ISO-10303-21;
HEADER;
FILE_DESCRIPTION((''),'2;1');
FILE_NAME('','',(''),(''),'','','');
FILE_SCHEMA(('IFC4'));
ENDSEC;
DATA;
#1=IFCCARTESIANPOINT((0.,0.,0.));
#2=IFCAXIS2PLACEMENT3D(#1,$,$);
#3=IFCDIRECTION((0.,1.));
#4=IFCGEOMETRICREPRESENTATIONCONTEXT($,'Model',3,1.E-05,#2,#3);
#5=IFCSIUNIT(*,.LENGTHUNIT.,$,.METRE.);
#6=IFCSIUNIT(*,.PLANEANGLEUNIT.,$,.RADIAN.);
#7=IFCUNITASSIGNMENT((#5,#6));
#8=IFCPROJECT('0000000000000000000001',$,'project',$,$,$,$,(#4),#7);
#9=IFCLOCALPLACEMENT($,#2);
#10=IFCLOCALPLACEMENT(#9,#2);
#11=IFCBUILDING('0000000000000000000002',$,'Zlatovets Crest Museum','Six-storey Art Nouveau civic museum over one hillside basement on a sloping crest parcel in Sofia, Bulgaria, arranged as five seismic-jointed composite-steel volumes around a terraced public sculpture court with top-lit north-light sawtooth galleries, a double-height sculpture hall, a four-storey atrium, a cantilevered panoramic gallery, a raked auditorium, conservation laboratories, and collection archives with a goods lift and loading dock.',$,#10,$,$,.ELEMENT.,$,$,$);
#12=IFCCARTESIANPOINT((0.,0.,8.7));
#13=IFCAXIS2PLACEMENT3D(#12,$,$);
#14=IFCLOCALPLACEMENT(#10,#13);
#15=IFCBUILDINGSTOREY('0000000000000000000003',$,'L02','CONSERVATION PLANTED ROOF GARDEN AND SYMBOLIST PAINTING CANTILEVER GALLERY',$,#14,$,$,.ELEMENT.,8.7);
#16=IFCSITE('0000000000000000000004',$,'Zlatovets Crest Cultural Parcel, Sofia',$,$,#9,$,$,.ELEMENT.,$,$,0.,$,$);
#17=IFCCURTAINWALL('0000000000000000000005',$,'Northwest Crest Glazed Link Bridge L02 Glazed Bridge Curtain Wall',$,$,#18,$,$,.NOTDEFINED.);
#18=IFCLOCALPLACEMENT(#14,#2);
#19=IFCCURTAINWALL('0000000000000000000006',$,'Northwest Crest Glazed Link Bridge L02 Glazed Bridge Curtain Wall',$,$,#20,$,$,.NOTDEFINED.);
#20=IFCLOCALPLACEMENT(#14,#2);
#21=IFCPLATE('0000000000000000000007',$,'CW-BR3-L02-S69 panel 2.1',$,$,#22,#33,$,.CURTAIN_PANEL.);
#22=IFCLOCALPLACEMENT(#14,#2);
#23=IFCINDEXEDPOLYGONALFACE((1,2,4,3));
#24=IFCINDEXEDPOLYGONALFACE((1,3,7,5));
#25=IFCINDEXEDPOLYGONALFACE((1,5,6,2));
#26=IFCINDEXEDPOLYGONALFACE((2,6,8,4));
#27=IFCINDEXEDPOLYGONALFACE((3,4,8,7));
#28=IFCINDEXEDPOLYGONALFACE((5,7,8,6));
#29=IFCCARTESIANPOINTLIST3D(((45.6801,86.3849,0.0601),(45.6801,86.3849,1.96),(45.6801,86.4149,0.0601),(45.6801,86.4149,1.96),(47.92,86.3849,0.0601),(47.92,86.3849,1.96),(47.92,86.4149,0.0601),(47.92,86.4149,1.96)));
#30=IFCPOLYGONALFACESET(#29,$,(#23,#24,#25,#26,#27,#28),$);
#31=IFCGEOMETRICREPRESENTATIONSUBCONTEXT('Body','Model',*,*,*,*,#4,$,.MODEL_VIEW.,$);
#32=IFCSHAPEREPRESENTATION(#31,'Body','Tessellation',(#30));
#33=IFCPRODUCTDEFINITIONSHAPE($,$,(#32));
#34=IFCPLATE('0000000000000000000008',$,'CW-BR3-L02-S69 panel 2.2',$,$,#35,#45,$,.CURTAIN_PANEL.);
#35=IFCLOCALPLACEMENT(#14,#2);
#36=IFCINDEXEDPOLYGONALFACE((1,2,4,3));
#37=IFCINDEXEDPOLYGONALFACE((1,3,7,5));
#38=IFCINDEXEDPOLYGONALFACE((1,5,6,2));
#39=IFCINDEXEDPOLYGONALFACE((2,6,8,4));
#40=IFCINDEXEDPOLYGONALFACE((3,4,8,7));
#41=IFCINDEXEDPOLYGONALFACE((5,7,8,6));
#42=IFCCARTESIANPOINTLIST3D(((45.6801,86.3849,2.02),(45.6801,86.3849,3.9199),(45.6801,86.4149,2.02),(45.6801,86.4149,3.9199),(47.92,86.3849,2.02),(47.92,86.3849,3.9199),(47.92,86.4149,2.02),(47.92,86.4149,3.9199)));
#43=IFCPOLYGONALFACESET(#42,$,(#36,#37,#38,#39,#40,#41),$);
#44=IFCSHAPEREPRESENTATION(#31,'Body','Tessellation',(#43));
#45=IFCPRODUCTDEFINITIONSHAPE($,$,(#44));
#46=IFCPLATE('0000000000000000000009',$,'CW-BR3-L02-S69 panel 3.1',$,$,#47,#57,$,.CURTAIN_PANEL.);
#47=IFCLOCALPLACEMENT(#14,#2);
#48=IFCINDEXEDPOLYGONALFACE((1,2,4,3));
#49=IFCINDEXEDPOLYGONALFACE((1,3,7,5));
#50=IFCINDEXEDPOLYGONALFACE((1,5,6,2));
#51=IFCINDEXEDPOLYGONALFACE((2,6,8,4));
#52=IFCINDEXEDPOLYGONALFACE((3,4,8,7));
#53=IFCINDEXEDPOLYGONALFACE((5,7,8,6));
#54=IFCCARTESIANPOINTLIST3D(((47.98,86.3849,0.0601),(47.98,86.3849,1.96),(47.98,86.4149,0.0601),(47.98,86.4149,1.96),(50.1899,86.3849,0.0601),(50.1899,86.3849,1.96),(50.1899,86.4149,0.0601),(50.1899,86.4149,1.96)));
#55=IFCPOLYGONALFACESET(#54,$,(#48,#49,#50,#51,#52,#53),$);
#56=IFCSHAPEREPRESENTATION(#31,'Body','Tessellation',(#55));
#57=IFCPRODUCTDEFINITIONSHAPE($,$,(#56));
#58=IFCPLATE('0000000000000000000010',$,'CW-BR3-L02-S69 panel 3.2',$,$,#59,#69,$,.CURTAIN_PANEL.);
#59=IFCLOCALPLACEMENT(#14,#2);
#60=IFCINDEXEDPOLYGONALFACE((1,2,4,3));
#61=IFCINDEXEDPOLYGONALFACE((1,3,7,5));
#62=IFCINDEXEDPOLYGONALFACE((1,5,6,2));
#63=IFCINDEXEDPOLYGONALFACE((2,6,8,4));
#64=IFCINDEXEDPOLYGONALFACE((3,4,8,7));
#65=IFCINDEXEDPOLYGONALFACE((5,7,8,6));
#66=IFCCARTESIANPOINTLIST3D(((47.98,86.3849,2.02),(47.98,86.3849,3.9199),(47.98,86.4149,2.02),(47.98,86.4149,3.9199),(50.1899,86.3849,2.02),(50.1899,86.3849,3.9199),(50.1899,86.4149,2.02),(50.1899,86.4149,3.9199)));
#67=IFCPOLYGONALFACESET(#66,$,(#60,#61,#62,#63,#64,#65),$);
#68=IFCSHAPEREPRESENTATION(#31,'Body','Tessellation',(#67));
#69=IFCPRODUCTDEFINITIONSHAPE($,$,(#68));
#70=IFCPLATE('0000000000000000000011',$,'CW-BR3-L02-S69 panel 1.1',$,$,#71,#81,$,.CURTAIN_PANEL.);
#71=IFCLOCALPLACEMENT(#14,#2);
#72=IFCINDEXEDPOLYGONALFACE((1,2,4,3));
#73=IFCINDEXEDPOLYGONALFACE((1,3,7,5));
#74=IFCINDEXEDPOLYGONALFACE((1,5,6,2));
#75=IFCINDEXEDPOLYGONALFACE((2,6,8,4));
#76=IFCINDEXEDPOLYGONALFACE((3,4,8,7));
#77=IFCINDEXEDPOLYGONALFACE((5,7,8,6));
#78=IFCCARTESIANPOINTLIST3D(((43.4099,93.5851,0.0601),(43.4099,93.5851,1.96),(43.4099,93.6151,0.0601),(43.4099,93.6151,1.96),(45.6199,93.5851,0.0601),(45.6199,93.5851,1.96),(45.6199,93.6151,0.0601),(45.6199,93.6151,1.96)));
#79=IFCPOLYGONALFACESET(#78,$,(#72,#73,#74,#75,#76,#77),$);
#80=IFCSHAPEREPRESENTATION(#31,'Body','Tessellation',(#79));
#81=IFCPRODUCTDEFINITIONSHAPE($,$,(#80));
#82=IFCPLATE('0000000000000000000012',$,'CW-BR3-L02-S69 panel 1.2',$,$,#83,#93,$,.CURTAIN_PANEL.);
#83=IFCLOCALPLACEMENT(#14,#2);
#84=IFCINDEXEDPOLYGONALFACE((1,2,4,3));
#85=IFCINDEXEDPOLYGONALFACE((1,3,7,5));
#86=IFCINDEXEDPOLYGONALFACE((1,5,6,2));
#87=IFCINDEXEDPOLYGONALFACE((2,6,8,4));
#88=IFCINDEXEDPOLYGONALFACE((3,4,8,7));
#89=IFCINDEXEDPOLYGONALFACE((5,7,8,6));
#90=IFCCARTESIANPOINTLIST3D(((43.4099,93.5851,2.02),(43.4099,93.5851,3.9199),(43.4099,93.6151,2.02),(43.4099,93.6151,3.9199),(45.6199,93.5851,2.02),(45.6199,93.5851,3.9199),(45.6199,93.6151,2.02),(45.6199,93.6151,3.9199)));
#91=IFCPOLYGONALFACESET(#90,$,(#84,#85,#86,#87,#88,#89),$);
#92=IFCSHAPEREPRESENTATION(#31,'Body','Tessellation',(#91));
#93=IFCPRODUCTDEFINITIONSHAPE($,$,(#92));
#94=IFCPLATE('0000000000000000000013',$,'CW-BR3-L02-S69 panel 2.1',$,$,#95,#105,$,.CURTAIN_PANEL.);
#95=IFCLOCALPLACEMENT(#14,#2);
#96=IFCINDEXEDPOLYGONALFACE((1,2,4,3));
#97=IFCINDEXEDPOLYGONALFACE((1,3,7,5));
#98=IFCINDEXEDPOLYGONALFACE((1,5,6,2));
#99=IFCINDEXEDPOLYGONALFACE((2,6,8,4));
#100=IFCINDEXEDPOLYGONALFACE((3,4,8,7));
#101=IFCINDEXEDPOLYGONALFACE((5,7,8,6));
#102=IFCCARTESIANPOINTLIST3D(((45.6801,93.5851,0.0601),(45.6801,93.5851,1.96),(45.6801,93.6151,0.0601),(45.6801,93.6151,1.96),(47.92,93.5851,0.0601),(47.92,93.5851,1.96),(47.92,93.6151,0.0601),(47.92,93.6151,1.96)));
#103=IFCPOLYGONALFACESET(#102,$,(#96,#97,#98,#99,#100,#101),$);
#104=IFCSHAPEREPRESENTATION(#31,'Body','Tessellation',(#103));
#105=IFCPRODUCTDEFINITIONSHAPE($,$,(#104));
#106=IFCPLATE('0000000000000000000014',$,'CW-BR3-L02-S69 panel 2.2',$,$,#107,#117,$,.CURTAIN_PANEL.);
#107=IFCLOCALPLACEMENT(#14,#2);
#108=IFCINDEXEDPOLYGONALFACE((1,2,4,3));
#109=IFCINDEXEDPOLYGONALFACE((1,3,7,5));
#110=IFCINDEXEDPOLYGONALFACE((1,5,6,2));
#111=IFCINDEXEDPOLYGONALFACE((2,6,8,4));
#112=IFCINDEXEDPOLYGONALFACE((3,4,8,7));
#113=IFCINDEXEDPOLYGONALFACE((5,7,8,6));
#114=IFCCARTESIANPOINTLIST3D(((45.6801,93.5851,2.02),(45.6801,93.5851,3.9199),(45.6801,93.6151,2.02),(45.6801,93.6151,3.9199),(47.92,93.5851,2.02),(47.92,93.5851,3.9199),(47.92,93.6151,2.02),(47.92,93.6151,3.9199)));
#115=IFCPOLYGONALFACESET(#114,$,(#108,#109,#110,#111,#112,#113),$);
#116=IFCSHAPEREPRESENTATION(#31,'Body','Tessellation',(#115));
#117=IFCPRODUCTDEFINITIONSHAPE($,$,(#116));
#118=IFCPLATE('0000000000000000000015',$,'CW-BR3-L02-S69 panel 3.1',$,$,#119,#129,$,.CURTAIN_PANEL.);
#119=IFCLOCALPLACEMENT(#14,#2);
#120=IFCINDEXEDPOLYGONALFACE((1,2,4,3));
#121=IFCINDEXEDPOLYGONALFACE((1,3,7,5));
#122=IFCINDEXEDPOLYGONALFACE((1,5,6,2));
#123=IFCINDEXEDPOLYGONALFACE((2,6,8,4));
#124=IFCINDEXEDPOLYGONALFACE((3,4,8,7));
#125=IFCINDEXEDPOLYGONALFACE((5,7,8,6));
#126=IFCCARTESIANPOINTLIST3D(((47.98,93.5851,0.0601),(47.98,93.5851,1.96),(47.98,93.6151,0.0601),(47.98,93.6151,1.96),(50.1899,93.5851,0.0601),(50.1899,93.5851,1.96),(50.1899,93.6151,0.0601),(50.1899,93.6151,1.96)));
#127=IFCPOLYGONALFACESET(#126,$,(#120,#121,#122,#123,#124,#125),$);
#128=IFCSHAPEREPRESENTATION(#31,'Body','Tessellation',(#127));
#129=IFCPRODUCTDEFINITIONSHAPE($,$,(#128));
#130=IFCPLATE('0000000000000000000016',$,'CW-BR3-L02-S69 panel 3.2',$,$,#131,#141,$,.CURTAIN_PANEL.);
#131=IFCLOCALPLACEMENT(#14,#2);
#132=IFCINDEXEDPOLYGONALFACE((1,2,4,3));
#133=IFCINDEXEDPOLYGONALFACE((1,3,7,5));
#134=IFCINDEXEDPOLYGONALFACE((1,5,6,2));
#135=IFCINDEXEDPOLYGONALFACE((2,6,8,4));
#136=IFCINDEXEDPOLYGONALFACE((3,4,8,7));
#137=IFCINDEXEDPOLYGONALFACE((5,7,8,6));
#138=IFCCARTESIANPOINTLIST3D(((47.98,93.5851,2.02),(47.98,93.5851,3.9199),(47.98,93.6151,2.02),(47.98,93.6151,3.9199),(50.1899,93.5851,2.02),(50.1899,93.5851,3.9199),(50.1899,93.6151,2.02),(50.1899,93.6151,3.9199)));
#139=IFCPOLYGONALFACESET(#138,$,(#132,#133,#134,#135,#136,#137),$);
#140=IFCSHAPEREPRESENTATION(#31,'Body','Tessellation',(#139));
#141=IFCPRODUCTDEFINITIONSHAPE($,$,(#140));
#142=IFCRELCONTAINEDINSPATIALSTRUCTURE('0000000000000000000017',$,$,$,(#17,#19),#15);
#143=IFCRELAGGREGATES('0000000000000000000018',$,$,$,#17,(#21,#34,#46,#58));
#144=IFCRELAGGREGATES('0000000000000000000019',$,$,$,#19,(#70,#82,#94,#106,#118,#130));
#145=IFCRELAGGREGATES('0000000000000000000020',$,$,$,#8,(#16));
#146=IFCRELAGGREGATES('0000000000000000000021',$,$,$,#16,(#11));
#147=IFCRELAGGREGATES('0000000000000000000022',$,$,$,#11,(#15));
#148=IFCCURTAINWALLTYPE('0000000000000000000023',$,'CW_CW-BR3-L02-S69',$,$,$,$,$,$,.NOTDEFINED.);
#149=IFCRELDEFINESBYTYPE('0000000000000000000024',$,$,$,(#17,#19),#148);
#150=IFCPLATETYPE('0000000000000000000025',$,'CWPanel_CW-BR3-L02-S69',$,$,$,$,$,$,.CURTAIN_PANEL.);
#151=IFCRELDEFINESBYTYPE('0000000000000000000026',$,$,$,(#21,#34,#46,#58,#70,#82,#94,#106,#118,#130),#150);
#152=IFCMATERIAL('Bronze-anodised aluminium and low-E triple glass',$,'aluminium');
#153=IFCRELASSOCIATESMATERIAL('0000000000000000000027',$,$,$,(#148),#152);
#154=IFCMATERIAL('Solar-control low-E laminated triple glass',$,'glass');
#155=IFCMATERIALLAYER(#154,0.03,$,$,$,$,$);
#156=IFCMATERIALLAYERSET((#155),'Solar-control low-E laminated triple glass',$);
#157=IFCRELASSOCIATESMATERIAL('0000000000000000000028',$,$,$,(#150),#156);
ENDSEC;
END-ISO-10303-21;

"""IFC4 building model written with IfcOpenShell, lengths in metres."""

from ifc_helpers import new_model, si_unit, direction, frame, origin, origin_2d, place, context, subcontext, project, spatial, rectangle, extrude, material, layer, layer_set, type_object, element, aggregate, save


model = new_model("IFC4")

# Units and contexts
model_context = context("Model", 3, precision=1e-05, world=origin(), true_north=direction((0.0, 1.0)))
body_context = subcontext(model_context, "Body", "Model", "MODEL_VIEW")
ifc_project = project(units=[si_unit("LENGTHUNIT", "METRE"), si_unit("PLANEANGLEUNIT", "RADIAN")], contexts=[model_context])

# Site, building, storey
site_placement = place(None, origin())
site = spatial("IfcSite", under=ifc_project, at=site_placement, Name="Zlatovets Crest Cultural Parcel, Sofia", CompositionType="ELEMENT", RefElevation=0.0)
building_placement = place(site_placement, origin())
building = spatial("IfcBuilding", under=site, at=building_placement, Name="Zlatovets Crest Museum", Description="Six-storey Art Nouveau civic museum over one hillside basement on a sloping crest parcel in Sofia, Bulgaria, arranged as five seismic-jointed composite-steel volumes around a terraced public sculpture court with top-lit north-light sawtooth galleries, a double-height sculpture hall, a four-storey atrium, a cantilevered panoramic gallery, a raked auditorium, conservation laboratories, and collection archives with a goods lift and loading dock.", CompositionType="ELEMENT")
storey_placement = place(building_placement, frame((0.0, 0.0, 8.7)))
storey = spatial("IfcBuildingStorey", under=building, at=storey_placement, Name="L02", Description="CONSERVATION PLANTED ROOF GARDEN AND SYMBOLIST PAINTING CANTILEVER GALLERY", CompositionType="ELEMENT", Elevation=8.7)

# Curtain wall
ifc_material_1 = material(Name="Bronze-anodised aluminium and low-E triple glass", Category="aluminium")
curtain_wall_type = type_object("IfcCurtainWallType", Name="CW_CW-BR3-L02-S69", PredefinedType="NOTDEFINED", material=ifc_material_1)
curtain_wall_1_placement = place(storey_placement, origin())
curtain_wall_1 = element("IfcCurtainWall", 1, at=curtain_wall_1_placement, inside=storey, type_object=curtain_wall_type, Name="Northwest Crest Glazed Link Bridge L02 Glazed Bridge Curtain Wall", PredefinedType="NOTDEFINED")

# Curtain wall
curtain_wall_2_placement = place(storey_placement, origin())
curtain_wall_2 = element("IfcCurtainWall", 2, at=curtain_wall_2_placement, inside=storey, type_object=curtain_wall_type, Name="Northwest Crest Glazed Link Bridge L02 Glazed Bridge Curtain Wall", PredefinedType="NOTDEFINED")

# Plates
ifc_material_2 = material(Name="Solar-control low-E laminated triple glass", Category="glass")
ifc_layer = layer(ifc_material_2, 0.03)
ifc_layer_set = layer_set([ifc_layer], Name="Solar-control low-E laminated triple glass")
plate_type = type_object("IfcPlateType", Name="CWPanel_CW-BR3-L02-S69", PredefinedType="CURTAIN_PANEL", material=ifc_layer_set)
plate_1_placement = place(storey_placement, frame((46.8, 86.3999, 0.0601), z_axis=(0.0, 0.0, 1.0), x_axis=(1.0, 0.0, 0.0)))
plate_1 = element("IfcPlate", 3, at=plate_1_placement, type_object=plate_type, Name="CW-BR3-L02-S69 panel 2.1", PredefinedType="CURTAIN_PANEL", context=body_context, shape_type="SweptSolid", body=[
    extrude(rectangle(XDim=2.24, YDim=0.03, at=origin_2d()), origin(), (0.0, 0.0, 1.0), 1.8999),
])
plate_2_placement = place(storey_placement, frame((46.8, 86.3999, 2.02), z_axis=(0.0, 0.0, 1.0), x_axis=(1.0, 0.0, 0.0)))
plate_2 = element("IfcPlate", 4, at=plate_2_placement, type_object=plate_type, Name="CW-BR3-L02-S69 panel 2.2", PredefinedType="CURTAIN_PANEL", context=body_context, shape_type="SweptSolid", body=[
    extrude(rectangle(XDim=2.24, YDim=0.03, at=origin_2d()), origin(), (0.0, 0.0, 1.0), 1.8999),
])
plate_3_placement = place(storey_placement, frame((49.085, 86.3999, 0.0601), z_axis=(0.0, 0.0, 1.0), x_axis=(1.0, 0.0, 0.0)))
plate_3 = element("IfcPlate", 5, at=plate_3_placement, type_object=plate_type, Name="CW-BR3-L02-S69 panel 3.1", PredefinedType="CURTAIN_PANEL", context=body_context, shape_type="SweptSolid", body=[
    extrude(rectangle(XDim=2.21, YDim=0.03, at=origin_2d()), origin(), (0.0, 0.0, 1.0), 1.8999),
])
plate_4_placement = place(storey_placement, frame((49.085, 86.3999, 2.02), z_axis=(0.0, 0.0, 1.0), x_axis=(1.0, 0.0, 0.0)))
plate_4 = element("IfcPlate", 6, at=plate_4_placement, type_object=plate_type, Name="CW-BR3-L02-S69 panel 3.2", PredefinedType="CURTAIN_PANEL", context=body_context, shape_type="SweptSolid", body=[
    extrude(rectangle(XDim=2.21, YDim=0.03, at=origin_2d()), origin(), (0.0, 0.0, 1.0), 1.8999),
])
aggregate(curtain_wall_1, [plate_1, plate_2, plate_3, plate_4])
plate_5_placement = place(storey_placement, frame((44.5149, 93.6001, 0.0601), z_axis=(0.0, 0.0, 1.0), x_axis=(1.0, 0.0, 0.0)))
plate_5 = element("IfcPlate", 7, at=plate_5_placement, type_object=plate_type, Name="CW-BR3-L02-S69 panel 1.1", PredefinedType="CURTAIN_PANEL", context=body_context, shape_type="SweptSolid", body=[
    extrude(rectangle(XDim=2.21, YDim=0.03, at=origin_2d()), origin(), (0.0, 0.0, 1.0), 1.8999),
])
plate_6_placement = place(storey_placement, frame((44.5149, 93.6001, 2.02), z_axis=(0.0, 0.0, 1.0), x_axis=(1.0, 0.0, 0.0)))
plate_6 = element("IfcPlate", 8, at=plate_6_placement, type_object=plate_type, Name="CW-BR3-L02-S69 panel 1.2", PredefinedType="CURTAIN_PANEL", context=body_context, shape_type="SweptSolid", body=[
    extrude(rectangle(XDim=2.21, YDim=0.03, at=origin_2d()), origin(), (0.0, 0.0, 1.0), 1.8999),
])
plate_7_placement = place(storey_placement, frame((46.8, 93.6001, 0.0601), z_axis=(0.0, 0.0, 1.0), x_axis=(1.0, 0.0, 0.0)))
plate_7 = element("IfcPlate", 9, at=plate_7_placement, type_object=plate_type, Name="CW-BR3-L02-S69 panel 2.1", PredefinedType="CURTAIN_PANEL", context=body_context, shape_type="SweptSolid", body=[
    extrude(rectangle(XDim=2.24, YDim=0.03, at=origin_2d()), origin(), (0.0, 0.0, 1.0), 1.8999),
])
plate_8_placement = place(storey_placement, frame((46.8, 93.6001, 2.02), z_axis=(0.0, 0.0, 1.0), x_axis=(1.0, 0.0, 0.0)))
plate_8 = element("IfcPlate", 10, at=plate_8_placement, type_object=plate_type, Name="CW-BR3-L02-S69 panel 2.2", PredefinedType="CURTAIN_PANEL", context=body_context, shape_type="SweptSolid", body=[
    extrude(rectangle(XDim=2.24, YDim=0.03, at=origin_2d()), origin(), (0.0, 0.0, 1.0), 1.8999),
])
plate_9_placement = place(storey_placement, frame((49.085, 93.6001, 0.0601), z_axis=(0.0, 0.0, 1.0), x_axis=(1.0, 0.0, 0.0)))
plate_9 = element("IfcPlate", 11, at=plate_9_placement, type_object=plate_type, Name="CW-BR3-L02-S69 panel 3.1", PredefinedType="CURTAIN_PANEL", context=body_context, shape_type="SweptSolid", body=[
    extrude(rectangle(XDim=2.21, YDim=0.03, at=origin_2d()), origin(), (0.0, 0.0, 1.0), 1.8999),
])
plate_10_placement = place(storey_placement, frame((49.085, 93.6001, 2.02), z_axis=(0.0, 0.0, 1.0), x_axis=(1.0, 0.0, 0.0)))
plate_10 = element("IfcPlate", 12, at=plate_10_placement, type_object=plate_type, Name="CW-BR3-L02-S69 panel 3.2", PredefinedType="CURTAIN_PANEL", context=body_context, shape_type="SweptSolid", body=[
    extrude(rectangle(XDim=2.21, YDim=0.03, at=origin_2d()), origin(), (0.0, 0.0, 1.0), 1.8999),
])
aggregate(curtain_wall_2, [plate_5, plate_6, plate_7, plate_8, plate_9, plate_10])

save(model, "model.ifc")
